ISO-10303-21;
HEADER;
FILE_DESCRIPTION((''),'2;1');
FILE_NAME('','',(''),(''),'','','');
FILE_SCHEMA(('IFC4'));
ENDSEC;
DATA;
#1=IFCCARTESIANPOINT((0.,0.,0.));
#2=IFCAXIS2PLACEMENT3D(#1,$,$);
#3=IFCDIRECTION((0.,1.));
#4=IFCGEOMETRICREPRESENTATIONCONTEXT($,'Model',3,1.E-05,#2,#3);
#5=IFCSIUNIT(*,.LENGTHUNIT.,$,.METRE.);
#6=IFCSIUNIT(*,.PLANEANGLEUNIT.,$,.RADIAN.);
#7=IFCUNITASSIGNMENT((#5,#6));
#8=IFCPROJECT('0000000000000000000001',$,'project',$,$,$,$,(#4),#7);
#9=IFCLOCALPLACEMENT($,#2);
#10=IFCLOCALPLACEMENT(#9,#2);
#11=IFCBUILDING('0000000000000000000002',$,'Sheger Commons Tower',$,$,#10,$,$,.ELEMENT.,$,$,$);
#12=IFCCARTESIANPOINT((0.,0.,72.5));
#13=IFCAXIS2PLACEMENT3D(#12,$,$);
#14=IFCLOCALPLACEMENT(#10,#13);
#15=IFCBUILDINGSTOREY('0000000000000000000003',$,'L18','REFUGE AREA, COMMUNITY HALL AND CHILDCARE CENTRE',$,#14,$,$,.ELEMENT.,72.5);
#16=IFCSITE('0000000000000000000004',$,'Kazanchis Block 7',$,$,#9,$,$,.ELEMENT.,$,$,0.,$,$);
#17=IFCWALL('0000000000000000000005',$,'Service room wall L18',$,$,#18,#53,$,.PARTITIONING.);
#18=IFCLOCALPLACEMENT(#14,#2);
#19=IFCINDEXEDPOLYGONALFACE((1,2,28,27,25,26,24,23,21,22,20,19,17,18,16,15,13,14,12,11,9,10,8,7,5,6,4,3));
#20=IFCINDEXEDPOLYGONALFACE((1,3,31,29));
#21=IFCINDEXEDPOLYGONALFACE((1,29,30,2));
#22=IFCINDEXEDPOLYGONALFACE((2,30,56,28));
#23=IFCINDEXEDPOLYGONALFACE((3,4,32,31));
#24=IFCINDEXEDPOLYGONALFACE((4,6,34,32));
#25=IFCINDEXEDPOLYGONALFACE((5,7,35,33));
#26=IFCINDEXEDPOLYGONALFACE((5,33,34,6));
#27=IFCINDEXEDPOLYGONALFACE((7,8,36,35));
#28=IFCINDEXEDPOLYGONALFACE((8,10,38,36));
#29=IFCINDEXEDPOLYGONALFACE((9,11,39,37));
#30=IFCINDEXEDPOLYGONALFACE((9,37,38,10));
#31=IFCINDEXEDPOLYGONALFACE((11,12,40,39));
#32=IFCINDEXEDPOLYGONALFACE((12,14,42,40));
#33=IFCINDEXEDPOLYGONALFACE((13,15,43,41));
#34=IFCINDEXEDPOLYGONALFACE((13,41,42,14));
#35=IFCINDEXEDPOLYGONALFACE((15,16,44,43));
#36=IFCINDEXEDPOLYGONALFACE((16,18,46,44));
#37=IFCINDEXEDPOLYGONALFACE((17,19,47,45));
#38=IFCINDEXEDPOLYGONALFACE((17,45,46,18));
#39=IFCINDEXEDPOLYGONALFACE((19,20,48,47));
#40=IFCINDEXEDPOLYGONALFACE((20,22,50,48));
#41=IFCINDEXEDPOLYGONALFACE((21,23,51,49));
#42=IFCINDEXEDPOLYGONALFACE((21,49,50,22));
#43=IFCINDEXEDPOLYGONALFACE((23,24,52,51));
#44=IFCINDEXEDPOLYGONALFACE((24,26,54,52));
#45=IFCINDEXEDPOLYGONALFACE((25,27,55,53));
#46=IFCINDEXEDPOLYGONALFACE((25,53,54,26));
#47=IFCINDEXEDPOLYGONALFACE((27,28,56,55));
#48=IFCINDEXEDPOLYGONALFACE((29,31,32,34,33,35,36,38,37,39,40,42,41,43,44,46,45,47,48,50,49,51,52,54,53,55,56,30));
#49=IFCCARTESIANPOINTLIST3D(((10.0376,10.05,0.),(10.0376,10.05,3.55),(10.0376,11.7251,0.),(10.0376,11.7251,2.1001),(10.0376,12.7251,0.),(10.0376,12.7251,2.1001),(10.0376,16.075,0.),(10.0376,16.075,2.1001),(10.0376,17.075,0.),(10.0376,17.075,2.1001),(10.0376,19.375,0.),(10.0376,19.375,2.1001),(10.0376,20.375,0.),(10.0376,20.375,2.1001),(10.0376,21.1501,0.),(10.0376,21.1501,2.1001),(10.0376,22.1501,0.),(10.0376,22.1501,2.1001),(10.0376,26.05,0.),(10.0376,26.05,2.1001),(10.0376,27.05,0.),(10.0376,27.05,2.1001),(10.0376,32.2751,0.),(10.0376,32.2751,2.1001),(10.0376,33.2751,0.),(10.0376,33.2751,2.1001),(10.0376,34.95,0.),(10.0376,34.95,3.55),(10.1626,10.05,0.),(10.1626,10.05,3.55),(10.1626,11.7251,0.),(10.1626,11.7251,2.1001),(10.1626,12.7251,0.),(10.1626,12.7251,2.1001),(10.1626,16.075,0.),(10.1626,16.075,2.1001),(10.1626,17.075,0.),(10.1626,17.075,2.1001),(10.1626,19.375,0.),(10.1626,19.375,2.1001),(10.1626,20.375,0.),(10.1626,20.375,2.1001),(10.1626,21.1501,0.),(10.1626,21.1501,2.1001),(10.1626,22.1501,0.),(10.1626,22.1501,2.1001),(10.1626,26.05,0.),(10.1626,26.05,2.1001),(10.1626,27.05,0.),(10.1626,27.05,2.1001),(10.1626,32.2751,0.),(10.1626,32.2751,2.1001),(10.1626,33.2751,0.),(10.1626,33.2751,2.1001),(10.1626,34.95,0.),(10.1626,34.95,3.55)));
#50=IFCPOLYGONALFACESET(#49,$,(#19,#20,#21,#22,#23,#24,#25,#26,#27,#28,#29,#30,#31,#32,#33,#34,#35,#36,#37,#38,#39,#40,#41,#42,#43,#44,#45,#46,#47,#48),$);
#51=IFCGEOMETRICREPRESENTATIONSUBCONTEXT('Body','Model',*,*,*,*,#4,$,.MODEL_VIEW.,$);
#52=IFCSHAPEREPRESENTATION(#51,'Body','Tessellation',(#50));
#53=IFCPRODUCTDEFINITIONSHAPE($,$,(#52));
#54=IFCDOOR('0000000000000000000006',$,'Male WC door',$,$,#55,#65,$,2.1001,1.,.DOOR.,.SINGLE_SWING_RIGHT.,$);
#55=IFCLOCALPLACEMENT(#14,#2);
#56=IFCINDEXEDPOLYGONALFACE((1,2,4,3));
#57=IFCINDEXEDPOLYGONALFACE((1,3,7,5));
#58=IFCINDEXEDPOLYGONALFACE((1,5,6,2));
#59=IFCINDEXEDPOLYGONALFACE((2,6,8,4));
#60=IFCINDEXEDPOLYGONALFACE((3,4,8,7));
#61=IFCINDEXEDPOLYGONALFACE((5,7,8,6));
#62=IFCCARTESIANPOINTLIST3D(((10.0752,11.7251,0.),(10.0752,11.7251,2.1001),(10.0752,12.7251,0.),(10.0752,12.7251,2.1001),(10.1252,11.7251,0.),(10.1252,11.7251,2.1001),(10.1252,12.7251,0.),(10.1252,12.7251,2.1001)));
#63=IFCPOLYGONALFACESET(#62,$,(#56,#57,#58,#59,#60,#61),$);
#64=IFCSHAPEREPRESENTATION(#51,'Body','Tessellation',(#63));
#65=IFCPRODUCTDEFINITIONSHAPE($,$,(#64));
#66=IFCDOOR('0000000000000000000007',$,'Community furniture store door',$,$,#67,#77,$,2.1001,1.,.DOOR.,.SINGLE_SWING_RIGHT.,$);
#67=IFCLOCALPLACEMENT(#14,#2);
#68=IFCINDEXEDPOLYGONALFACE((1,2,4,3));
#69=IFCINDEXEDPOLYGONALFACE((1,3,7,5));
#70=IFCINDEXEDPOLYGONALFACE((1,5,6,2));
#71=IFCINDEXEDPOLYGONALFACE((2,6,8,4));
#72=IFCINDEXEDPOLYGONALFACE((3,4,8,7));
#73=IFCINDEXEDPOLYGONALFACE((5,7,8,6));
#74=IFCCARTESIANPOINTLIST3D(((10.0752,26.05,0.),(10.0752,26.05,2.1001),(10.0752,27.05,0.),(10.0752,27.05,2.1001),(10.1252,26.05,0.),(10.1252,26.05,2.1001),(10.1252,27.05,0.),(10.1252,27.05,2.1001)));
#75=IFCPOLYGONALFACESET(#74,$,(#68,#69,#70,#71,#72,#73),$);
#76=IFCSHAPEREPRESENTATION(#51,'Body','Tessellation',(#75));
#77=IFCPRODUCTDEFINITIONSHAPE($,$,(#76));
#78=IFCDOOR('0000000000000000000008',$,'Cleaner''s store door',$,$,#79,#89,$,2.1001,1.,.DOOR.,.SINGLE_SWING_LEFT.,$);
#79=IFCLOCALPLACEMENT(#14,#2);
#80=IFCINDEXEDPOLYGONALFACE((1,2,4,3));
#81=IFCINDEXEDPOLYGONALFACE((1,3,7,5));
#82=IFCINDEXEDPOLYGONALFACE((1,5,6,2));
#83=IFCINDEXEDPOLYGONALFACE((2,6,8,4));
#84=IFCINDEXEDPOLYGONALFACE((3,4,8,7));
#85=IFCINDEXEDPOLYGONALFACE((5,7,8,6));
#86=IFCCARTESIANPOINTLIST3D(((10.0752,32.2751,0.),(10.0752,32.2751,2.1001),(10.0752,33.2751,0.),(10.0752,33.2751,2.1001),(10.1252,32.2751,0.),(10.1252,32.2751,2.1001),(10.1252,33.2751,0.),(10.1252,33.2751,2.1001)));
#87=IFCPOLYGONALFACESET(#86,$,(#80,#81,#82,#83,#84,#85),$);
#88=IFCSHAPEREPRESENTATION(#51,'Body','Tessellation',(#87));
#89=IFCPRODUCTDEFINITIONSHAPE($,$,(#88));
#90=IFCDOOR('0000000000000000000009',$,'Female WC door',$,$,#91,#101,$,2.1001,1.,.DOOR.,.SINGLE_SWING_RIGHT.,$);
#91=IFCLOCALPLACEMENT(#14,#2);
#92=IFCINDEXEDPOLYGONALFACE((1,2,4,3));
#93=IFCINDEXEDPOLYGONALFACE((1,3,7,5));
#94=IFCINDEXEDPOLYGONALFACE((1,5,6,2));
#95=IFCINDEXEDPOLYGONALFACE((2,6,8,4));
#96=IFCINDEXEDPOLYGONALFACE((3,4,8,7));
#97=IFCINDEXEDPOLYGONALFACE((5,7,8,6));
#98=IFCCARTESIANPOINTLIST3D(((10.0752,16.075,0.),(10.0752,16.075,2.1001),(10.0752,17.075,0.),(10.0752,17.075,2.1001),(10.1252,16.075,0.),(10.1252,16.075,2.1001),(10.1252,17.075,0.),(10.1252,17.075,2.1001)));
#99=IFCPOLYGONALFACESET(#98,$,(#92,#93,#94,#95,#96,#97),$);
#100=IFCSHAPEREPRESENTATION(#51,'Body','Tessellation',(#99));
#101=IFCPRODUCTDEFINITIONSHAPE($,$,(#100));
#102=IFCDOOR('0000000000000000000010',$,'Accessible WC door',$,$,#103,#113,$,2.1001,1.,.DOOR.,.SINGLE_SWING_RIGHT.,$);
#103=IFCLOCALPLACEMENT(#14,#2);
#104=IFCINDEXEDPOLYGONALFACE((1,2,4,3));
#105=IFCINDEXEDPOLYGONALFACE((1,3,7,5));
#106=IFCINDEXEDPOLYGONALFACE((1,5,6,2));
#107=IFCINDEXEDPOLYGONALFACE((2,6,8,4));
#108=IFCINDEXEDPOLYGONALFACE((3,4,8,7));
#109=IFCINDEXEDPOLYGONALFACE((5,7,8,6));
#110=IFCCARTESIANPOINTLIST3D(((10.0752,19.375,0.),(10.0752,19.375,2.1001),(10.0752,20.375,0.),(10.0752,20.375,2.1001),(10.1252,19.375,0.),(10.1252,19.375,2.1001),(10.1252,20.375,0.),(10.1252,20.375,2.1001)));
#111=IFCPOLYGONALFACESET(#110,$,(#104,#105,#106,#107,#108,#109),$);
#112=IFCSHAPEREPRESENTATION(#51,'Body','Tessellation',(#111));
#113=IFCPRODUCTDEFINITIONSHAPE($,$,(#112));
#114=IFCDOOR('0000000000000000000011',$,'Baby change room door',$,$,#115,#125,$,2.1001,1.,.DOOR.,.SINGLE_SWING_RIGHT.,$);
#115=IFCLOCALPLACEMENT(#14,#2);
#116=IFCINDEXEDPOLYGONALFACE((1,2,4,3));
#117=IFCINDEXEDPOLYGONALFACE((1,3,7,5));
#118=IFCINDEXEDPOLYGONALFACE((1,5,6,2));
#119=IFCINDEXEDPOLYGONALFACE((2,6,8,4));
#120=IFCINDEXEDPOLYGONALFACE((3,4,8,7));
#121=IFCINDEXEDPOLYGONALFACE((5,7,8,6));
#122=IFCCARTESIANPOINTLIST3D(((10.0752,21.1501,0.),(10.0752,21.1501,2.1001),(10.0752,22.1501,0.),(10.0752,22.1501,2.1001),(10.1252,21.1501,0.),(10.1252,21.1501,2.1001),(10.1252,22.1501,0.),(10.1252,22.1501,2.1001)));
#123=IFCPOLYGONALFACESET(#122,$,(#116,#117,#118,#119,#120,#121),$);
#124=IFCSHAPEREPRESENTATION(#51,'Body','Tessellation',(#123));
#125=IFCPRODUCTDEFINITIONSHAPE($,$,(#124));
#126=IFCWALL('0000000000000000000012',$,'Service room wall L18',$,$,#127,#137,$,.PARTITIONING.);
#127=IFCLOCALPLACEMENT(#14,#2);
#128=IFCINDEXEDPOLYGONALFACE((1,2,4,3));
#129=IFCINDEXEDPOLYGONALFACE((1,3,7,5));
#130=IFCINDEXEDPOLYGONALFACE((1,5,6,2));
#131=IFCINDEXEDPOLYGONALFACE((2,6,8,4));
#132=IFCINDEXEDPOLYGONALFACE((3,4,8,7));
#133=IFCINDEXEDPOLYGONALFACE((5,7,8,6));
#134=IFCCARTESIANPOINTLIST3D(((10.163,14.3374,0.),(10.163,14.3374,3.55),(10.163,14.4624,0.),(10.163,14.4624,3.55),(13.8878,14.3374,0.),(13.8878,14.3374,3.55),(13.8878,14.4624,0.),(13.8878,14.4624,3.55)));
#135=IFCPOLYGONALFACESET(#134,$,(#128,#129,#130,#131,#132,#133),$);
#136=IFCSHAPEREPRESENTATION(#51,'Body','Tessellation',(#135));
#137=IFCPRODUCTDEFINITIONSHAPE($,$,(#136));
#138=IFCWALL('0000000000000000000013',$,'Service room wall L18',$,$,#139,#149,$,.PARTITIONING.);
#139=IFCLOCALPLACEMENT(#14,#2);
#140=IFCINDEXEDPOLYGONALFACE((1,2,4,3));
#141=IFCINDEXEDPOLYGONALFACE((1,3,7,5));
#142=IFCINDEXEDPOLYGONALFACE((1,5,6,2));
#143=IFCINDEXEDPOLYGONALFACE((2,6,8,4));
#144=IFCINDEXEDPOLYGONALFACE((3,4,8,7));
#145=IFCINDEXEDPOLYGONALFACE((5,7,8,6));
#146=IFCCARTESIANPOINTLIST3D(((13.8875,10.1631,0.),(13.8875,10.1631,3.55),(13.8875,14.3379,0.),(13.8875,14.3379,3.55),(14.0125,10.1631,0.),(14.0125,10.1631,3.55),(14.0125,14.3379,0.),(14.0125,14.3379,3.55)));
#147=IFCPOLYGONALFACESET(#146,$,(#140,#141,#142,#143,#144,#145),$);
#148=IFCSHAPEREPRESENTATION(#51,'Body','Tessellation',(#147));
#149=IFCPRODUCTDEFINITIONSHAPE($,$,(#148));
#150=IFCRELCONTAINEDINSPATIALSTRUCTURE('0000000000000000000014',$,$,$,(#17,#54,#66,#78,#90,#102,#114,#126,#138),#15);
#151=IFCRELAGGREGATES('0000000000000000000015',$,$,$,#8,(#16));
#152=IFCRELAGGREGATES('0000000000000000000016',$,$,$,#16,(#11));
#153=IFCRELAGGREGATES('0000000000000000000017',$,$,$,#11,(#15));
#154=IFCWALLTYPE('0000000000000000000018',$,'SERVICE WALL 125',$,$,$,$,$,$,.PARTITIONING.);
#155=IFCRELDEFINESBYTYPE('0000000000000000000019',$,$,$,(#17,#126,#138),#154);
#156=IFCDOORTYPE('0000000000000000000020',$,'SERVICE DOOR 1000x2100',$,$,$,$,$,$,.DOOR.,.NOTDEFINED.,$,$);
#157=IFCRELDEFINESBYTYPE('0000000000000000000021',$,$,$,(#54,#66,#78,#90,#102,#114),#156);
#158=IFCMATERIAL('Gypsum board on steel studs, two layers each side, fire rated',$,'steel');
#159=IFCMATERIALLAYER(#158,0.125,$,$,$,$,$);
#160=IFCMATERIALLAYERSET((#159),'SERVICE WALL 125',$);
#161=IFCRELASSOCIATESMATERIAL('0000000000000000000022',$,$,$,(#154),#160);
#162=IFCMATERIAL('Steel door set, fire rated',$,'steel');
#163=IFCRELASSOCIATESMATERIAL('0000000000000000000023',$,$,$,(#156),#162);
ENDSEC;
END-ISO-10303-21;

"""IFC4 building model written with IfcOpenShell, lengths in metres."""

from ifc_helpers import new_model, si_unit, direction, frame, frame_2d, origin, place, context, subcontext, project, spatial, rectangle, extrude, material, layer, layer_set, type_object, element, fill, save


model = new_model("IFC4")

# Units and contexts
model_context = context("Model", 3, precision=1e-05, world=origin(), true_north=direction((0.0, 1.0)))
body_context = subcontext(model_context, "Body", "Model", "MODEL_VIEW")
ifc_project = project(units=[si_unit("LENGTHUNIT", "METRE"), si_unit("PLANEANGLEUNIT", "RADIAN")], contexts=[model_context])

# Site, building, storey
site_placement = place(None, origin())
site = spatial("IfcSite", under=ifc_project, at=site_placement, Name="Kazanchis Block 7", CompositionType="ELEMENT", RefElevation=0.0)
building_placement = place(site_placement, origin())
building = spatial("IfcBuilding", under=site, at=building_placement, Name="Sheger Commons Tower", CompositionType="ELEMENT")
storey_placement = place(building_placement, frame((0.0, 0.0, 72.5)))
storey = spatial("IfcBuildingStorey", under=building, at=storey_placement, Name="L18", Description="REFUGE AREA, COMMUNITY HALL AND CHILDCARE CENTRE", CompositionType="ELEMENT", Elevation=72.5)

# Wall, openings, doors
ifc_material_1 = material(Name="Gypsum board on steel studs, two layers each side, fire rated", Category="steel")
ifc_layer_1 = layer(ifc_material_1, 0.125)
ifc_layer_set_1 = layer_set([ifc_layer_1], Name="SERVICE WALL 125")
wall_type_1 = type_object("IfcWallType", Name="SERVICE WALL 125", PredefinedType="PARTITIONING", material=ifc_layer_set_1)
wall_1_placement = place(storey_placement, frame((10.1001, 10.05, 0.0), z_axis=(0.0, 0.0, 1.0), x_axis=(0.0, 1.0, 0.0)))
wall_1 = element("IfcWall", 1, at=wall_1_placement, inside=storey, type_object=wall_type_1, Name="Service room wall L18", PredefinedType="PARTITIONING", context=body_context, shape_type="SweptSolid", body=[
    extrude(rectangle(XDim=24.8999, YDim=0.125, at=frame_2d((12.45, 0.0))), origin(), (0.0, 0.0, 1.0), 3.55),
])
opening_1_placement = place(wall_1_placement, frame((1.675, 0.0, 0.0)))
opening_1 = element("IfcOpeningElement", 2, at=opening_1_placement, cuts=wall_1, PredefinedType="OPENING", context=body_context, shape_type="SweptSolid", body=[
    extrude(rectangle(XDim=1.0, YDim=2.1001, at=frame_2d((0.5, 1.05))), frame((0.0, 0.0725, 0.0), z_axis=(0.0, -1.0, 0.0), x_axis=(1.0, 0.0, 0.0)), (0.0, 0.0, 1.0), 0.145),
])
opening_2_placement = place(wall_1_placement, frame((16.0, 0.0, 0.0)))
opening_2 = element("IfcOpeningElement", 3, at=opening_2_placement, cuts=wall_1, PredefinedType="OPENING", context=body_context, shape_type="SweptSolid", body=[
    extrude(rectangle(XDim=1.0, YDim=2.1001, at=frame_2d((0.5, 1.05))), frame((0.0, 0.0725, 0.0), z_axis=(0.0, -1.0, 0.0), x_axis=(1.0, 0.0, 0.0)), (0.0, 0.0, 1.0), 0.145),
])
opening_3_placement = place(wall_1_placement, frame((22.2251, 0.0, 0.0)))
opening_3 = element("IfcOpeningElement", 4, at=opening_3_placement, cuts=wall_1, PredefinedType="OPENING", context=body_context, shape_type="SweptSolid", body=[
    extrude(rectangle(XDim=1.0, YDim=2.1001, at=frame_2d((0.5, 1.05))), frame((0.0, 0.0725, 0.0), z_axis=(0.0, -1.0, 0.0), x_axis=(1.0, 0.0, 0.0)), (0.0, 0.0, 1.0), 0.145),
])
opening_4_placement = place(wall_1_placement, frame((6.0249, 0.0, 0.0)))
opening_4 = element("IfcOpeningElement", 5, at=opening_4_placement, cuts=wall_1, PredefinedType="OPENING", context=body_context, shape_type="SweptSolid", body=[
    extrude(rectangle(XDim=1.0, YDim=2.1001, at=frame_2d((0.5, 1.05))), frame((0.0, 0.0725, 0.0), z_axis=(0.0, -1.0, 0.0), x_axis=(1.0, 0.0, 0.0)), (0.0, 0.0, 1.0), 0.145),
])
opening_5_placement = place(wall_1_placement, frame((9.325, 0.0, 0.0)))
opening_5 = element("IfcOpeningElement", 6, at=opening_5_placement, cuts=wall_1, PredefinedType="OPENING", context=body_context, shape_type="SweptSolid", body=[
    extrude(rectangle(XDim=1.0, YDim=2.1001, at=frame_2d((0.5, 1.05))), frame((0.0, 0.0725, 0.0), z_axis=(0.0, -1.0, 0.0), x_axis=(1.0, 0.0, 0.0)), (0.0, 0.0, 1.0), 0.145),
])
opening_6_placement = place(wall_1_placement, frame((11.1001, 0.0, 0.0)))
opening_6 = element("IfcOpeningElement", 7, at=opening_6_placement, cuts=wall_1, PredefinedType="OPENING", context=body_context, shape_type="SweptSolid", body=[
    extrude(rectangle(XDim=1.0, YDim=2.1001, at=frame_2d((0.5, 1.05))), frame((0.0, 0.0725, 0.0), z_axis=(0.0, -1.0, 0.0), x_axis=(1.0, 0.0, 0.0)), (0.0, 0.0, 1.0), 0.145),
])
ifc_material_2 = material(Name="Steel door set, fire rated", Category="steel")
door_type_1 = type_object("IfcDoorType", Name="SERVICE DOOR 1000x2100", OperationType="NOTDEFINED", PredefinedType="DOOR", material=ifc_material_2)
door_1_placement = place(opening_1_placement, origin())
door_1 = element("IfcDoor", 8, at=door_1_placement, inside=storey, type_object=door_type_1, Name="Male WC door", OperationType="SINGLE_SWING_RIGHT", OverallHeight=2.1001, OverallWidth=1.0, PredefinedType="DOOR", context=body_context, shape_type="SweptSolid", body=[
    extrude(rectangle(XDim=1.0, YDim=2.1001, at=frame_2d((0.5, 1.05))), frame((0.0, 0.0249, 0.0), z_axis=(0.0, -1.0, 0.0), x_axis=(1.0, 0.0, 0.0)), (0.0, 0.0, 1.0), 0.05),
])
fill(opening_1, door_1)
door_2_placement = place(opening_2_placement, origin())
door_2 = element("IfcDoor", 9, at=door_2_placement, inside=storey, type_object=door_type_1, Name="Community furniture store door", OperationType="SINGLE_SWING_RIGHT", OverallHeight=2.1001, OverallWidth=1.0, PredefinedType="DOOR", context=body_context, shape_type="SweptSolid", body=[
    extrude(rectangle(XDim=1.0, YDim=2.1001, at=frame_2d((0.5, 1.05))), frame((0.0, 0.0249, 0.0), z_axis=(0.0, -1.0, 0.0), x_axis=(1.0, 0.0, 0.0)), (0.0, 0.0, 1.0), 0.05),
])
fill(opening_2, door_2)
door_3_placement = place(opening_3_placement, origin())
door_3 = element("IfcDoor", 10, at=door_3_placement, inside=storey, type_object=door_type_1, Name="Cleaner's store door", OperationType="SINGLE_SWING_LEFT", OverallHeight=2.1001, OverallWidth=1.0, PredefinedType="DOOR", context=body_context, shape_type="SweptSolid", body=[
    extrude(rectangle(XDim=1.0, YDim=2.1001, at=frame_2d((0.5, 1.05))), frame((0.0, 0.0249, 0.0), z_axis=(0.0, -1.0, 0.0), x_axis=(1.0, 0.0, 0.0)), (0.0, 0.0, 1.0), 0.05),
])
fill(opening_3, door_3)
door_4_placement = place(opening_4_placement, origin())
door_4 = element("IfcDoor", 11, at=door_4_placement, inside=storey, type_object=door_type_1, Name="Female WC door", OperationType="SINGLE_SWING_RIGHT", OverallHeight=2.1001, OverallWidth=1.0, PredefinedType="DOOR", context=body_context, shape_type="SweptSolid", body=[
    extrude(rectangle(XDim=1.0, YDim=2.1001, at=frame_2d((0.5, 1.05))), frame((0.0, 0.0249, 0.0), z_axis=(0.0, -1.0, 0.0), x_axis=(1.0, 0.0, 0.0)), (0.0, 0.0, 1.0), 0.05),
])
fill(opening_4, door_4)
door_5_placement = place(opening_5_placement, origin())
door_5 = element("IfcDoor", 12, at=door_5_placement, inside=storey, type_object=door_type_1, Name="Accessible WC door", OperationType="SINGLE_SWING_RIGHT", OverallHeight=2.1001, OverallWidth=1.0, PredefinedType="DOOR", context=body_context, shape_type="SweptSolid", body=[
    extrude(rectangle(XDim=1.0, YDim=2.1001, at=frame_2d((0.5, 1.05))), frame((0.0, 0.0249, 0.0), z_axis=(0.0, -1.0, 0.0), x_axis=(1.0, 0.0, 0.0)), (0.0, 0.0, 1.0), 0.05),
])
fill(opening_5, door_5)
door_6_placement = place(opening_6_placement, origin())
door_6 = element("IfcDoor", 13, at=door_6_placement, inside=storey, type_object=door_type_1, Name="Baby change room door", OperationType="SINGLE_SWING_RIGHT", OverallHeight=2.1001, OverallWidth=1.0, PredefinedType="DOOR", context=body_context, shape_type="SweptSolid", body=[
    extrude(rectangle(XDim=1.0, YDim=2.1001, at=frame_2d((0.5, 1.05))), frame((0.0, 0.0249, 0.0), z_axis=(0.0, -1.0, 0.0), x_axis=(1.0, 0.0, 0.0)), (0.0, 0.0, 1.0), 0.05),
])
fill(opening_6, door_6)

# Walls
wall_2_placement = place(storey_placement, frame((10.1631, 14.3999, 0.0), z_axis=(0.0, 0.0, 1.0), x_axis=(1.0, 0.0, 0.0)))
element("IfcWall", 14, at=wall_2_placement, inside=storey, type_object=wall_type_1, Name="Service room wall L18", PredefinedType="PARTITIONING", context=body_context, shape_type="SweptSolid", body=[
    extrude(rectangle(XDim=3.7249, YDim=0.125, at=frame_2d((1.8623, 0.0))), origin(), (0.0, 0.0, 1.0), 3.55),
])
wall_3_placement = place(storey_placement, frame((13.95, 10.1631, 0.0), z_axis=(0.0, 0.0, 1.0), x_axis=(0.0, 1.0, 0.0)))
element("IfcWall", 15, at=wall_3_placement, inside=storey, type_object=wall_type_1, Name="Service room wall L18", PredefinedType="PARTITIONING", context=body_context, shape_type="SweptSolid", body=[
    extrude(rectangle(XDim=4.1748, YDim=0.125, at=frame_2d((2.0874, 0.0))), origin(), (0.0, 0.0, 1.0), 3.55),
])

save(model, "model.ifc")
